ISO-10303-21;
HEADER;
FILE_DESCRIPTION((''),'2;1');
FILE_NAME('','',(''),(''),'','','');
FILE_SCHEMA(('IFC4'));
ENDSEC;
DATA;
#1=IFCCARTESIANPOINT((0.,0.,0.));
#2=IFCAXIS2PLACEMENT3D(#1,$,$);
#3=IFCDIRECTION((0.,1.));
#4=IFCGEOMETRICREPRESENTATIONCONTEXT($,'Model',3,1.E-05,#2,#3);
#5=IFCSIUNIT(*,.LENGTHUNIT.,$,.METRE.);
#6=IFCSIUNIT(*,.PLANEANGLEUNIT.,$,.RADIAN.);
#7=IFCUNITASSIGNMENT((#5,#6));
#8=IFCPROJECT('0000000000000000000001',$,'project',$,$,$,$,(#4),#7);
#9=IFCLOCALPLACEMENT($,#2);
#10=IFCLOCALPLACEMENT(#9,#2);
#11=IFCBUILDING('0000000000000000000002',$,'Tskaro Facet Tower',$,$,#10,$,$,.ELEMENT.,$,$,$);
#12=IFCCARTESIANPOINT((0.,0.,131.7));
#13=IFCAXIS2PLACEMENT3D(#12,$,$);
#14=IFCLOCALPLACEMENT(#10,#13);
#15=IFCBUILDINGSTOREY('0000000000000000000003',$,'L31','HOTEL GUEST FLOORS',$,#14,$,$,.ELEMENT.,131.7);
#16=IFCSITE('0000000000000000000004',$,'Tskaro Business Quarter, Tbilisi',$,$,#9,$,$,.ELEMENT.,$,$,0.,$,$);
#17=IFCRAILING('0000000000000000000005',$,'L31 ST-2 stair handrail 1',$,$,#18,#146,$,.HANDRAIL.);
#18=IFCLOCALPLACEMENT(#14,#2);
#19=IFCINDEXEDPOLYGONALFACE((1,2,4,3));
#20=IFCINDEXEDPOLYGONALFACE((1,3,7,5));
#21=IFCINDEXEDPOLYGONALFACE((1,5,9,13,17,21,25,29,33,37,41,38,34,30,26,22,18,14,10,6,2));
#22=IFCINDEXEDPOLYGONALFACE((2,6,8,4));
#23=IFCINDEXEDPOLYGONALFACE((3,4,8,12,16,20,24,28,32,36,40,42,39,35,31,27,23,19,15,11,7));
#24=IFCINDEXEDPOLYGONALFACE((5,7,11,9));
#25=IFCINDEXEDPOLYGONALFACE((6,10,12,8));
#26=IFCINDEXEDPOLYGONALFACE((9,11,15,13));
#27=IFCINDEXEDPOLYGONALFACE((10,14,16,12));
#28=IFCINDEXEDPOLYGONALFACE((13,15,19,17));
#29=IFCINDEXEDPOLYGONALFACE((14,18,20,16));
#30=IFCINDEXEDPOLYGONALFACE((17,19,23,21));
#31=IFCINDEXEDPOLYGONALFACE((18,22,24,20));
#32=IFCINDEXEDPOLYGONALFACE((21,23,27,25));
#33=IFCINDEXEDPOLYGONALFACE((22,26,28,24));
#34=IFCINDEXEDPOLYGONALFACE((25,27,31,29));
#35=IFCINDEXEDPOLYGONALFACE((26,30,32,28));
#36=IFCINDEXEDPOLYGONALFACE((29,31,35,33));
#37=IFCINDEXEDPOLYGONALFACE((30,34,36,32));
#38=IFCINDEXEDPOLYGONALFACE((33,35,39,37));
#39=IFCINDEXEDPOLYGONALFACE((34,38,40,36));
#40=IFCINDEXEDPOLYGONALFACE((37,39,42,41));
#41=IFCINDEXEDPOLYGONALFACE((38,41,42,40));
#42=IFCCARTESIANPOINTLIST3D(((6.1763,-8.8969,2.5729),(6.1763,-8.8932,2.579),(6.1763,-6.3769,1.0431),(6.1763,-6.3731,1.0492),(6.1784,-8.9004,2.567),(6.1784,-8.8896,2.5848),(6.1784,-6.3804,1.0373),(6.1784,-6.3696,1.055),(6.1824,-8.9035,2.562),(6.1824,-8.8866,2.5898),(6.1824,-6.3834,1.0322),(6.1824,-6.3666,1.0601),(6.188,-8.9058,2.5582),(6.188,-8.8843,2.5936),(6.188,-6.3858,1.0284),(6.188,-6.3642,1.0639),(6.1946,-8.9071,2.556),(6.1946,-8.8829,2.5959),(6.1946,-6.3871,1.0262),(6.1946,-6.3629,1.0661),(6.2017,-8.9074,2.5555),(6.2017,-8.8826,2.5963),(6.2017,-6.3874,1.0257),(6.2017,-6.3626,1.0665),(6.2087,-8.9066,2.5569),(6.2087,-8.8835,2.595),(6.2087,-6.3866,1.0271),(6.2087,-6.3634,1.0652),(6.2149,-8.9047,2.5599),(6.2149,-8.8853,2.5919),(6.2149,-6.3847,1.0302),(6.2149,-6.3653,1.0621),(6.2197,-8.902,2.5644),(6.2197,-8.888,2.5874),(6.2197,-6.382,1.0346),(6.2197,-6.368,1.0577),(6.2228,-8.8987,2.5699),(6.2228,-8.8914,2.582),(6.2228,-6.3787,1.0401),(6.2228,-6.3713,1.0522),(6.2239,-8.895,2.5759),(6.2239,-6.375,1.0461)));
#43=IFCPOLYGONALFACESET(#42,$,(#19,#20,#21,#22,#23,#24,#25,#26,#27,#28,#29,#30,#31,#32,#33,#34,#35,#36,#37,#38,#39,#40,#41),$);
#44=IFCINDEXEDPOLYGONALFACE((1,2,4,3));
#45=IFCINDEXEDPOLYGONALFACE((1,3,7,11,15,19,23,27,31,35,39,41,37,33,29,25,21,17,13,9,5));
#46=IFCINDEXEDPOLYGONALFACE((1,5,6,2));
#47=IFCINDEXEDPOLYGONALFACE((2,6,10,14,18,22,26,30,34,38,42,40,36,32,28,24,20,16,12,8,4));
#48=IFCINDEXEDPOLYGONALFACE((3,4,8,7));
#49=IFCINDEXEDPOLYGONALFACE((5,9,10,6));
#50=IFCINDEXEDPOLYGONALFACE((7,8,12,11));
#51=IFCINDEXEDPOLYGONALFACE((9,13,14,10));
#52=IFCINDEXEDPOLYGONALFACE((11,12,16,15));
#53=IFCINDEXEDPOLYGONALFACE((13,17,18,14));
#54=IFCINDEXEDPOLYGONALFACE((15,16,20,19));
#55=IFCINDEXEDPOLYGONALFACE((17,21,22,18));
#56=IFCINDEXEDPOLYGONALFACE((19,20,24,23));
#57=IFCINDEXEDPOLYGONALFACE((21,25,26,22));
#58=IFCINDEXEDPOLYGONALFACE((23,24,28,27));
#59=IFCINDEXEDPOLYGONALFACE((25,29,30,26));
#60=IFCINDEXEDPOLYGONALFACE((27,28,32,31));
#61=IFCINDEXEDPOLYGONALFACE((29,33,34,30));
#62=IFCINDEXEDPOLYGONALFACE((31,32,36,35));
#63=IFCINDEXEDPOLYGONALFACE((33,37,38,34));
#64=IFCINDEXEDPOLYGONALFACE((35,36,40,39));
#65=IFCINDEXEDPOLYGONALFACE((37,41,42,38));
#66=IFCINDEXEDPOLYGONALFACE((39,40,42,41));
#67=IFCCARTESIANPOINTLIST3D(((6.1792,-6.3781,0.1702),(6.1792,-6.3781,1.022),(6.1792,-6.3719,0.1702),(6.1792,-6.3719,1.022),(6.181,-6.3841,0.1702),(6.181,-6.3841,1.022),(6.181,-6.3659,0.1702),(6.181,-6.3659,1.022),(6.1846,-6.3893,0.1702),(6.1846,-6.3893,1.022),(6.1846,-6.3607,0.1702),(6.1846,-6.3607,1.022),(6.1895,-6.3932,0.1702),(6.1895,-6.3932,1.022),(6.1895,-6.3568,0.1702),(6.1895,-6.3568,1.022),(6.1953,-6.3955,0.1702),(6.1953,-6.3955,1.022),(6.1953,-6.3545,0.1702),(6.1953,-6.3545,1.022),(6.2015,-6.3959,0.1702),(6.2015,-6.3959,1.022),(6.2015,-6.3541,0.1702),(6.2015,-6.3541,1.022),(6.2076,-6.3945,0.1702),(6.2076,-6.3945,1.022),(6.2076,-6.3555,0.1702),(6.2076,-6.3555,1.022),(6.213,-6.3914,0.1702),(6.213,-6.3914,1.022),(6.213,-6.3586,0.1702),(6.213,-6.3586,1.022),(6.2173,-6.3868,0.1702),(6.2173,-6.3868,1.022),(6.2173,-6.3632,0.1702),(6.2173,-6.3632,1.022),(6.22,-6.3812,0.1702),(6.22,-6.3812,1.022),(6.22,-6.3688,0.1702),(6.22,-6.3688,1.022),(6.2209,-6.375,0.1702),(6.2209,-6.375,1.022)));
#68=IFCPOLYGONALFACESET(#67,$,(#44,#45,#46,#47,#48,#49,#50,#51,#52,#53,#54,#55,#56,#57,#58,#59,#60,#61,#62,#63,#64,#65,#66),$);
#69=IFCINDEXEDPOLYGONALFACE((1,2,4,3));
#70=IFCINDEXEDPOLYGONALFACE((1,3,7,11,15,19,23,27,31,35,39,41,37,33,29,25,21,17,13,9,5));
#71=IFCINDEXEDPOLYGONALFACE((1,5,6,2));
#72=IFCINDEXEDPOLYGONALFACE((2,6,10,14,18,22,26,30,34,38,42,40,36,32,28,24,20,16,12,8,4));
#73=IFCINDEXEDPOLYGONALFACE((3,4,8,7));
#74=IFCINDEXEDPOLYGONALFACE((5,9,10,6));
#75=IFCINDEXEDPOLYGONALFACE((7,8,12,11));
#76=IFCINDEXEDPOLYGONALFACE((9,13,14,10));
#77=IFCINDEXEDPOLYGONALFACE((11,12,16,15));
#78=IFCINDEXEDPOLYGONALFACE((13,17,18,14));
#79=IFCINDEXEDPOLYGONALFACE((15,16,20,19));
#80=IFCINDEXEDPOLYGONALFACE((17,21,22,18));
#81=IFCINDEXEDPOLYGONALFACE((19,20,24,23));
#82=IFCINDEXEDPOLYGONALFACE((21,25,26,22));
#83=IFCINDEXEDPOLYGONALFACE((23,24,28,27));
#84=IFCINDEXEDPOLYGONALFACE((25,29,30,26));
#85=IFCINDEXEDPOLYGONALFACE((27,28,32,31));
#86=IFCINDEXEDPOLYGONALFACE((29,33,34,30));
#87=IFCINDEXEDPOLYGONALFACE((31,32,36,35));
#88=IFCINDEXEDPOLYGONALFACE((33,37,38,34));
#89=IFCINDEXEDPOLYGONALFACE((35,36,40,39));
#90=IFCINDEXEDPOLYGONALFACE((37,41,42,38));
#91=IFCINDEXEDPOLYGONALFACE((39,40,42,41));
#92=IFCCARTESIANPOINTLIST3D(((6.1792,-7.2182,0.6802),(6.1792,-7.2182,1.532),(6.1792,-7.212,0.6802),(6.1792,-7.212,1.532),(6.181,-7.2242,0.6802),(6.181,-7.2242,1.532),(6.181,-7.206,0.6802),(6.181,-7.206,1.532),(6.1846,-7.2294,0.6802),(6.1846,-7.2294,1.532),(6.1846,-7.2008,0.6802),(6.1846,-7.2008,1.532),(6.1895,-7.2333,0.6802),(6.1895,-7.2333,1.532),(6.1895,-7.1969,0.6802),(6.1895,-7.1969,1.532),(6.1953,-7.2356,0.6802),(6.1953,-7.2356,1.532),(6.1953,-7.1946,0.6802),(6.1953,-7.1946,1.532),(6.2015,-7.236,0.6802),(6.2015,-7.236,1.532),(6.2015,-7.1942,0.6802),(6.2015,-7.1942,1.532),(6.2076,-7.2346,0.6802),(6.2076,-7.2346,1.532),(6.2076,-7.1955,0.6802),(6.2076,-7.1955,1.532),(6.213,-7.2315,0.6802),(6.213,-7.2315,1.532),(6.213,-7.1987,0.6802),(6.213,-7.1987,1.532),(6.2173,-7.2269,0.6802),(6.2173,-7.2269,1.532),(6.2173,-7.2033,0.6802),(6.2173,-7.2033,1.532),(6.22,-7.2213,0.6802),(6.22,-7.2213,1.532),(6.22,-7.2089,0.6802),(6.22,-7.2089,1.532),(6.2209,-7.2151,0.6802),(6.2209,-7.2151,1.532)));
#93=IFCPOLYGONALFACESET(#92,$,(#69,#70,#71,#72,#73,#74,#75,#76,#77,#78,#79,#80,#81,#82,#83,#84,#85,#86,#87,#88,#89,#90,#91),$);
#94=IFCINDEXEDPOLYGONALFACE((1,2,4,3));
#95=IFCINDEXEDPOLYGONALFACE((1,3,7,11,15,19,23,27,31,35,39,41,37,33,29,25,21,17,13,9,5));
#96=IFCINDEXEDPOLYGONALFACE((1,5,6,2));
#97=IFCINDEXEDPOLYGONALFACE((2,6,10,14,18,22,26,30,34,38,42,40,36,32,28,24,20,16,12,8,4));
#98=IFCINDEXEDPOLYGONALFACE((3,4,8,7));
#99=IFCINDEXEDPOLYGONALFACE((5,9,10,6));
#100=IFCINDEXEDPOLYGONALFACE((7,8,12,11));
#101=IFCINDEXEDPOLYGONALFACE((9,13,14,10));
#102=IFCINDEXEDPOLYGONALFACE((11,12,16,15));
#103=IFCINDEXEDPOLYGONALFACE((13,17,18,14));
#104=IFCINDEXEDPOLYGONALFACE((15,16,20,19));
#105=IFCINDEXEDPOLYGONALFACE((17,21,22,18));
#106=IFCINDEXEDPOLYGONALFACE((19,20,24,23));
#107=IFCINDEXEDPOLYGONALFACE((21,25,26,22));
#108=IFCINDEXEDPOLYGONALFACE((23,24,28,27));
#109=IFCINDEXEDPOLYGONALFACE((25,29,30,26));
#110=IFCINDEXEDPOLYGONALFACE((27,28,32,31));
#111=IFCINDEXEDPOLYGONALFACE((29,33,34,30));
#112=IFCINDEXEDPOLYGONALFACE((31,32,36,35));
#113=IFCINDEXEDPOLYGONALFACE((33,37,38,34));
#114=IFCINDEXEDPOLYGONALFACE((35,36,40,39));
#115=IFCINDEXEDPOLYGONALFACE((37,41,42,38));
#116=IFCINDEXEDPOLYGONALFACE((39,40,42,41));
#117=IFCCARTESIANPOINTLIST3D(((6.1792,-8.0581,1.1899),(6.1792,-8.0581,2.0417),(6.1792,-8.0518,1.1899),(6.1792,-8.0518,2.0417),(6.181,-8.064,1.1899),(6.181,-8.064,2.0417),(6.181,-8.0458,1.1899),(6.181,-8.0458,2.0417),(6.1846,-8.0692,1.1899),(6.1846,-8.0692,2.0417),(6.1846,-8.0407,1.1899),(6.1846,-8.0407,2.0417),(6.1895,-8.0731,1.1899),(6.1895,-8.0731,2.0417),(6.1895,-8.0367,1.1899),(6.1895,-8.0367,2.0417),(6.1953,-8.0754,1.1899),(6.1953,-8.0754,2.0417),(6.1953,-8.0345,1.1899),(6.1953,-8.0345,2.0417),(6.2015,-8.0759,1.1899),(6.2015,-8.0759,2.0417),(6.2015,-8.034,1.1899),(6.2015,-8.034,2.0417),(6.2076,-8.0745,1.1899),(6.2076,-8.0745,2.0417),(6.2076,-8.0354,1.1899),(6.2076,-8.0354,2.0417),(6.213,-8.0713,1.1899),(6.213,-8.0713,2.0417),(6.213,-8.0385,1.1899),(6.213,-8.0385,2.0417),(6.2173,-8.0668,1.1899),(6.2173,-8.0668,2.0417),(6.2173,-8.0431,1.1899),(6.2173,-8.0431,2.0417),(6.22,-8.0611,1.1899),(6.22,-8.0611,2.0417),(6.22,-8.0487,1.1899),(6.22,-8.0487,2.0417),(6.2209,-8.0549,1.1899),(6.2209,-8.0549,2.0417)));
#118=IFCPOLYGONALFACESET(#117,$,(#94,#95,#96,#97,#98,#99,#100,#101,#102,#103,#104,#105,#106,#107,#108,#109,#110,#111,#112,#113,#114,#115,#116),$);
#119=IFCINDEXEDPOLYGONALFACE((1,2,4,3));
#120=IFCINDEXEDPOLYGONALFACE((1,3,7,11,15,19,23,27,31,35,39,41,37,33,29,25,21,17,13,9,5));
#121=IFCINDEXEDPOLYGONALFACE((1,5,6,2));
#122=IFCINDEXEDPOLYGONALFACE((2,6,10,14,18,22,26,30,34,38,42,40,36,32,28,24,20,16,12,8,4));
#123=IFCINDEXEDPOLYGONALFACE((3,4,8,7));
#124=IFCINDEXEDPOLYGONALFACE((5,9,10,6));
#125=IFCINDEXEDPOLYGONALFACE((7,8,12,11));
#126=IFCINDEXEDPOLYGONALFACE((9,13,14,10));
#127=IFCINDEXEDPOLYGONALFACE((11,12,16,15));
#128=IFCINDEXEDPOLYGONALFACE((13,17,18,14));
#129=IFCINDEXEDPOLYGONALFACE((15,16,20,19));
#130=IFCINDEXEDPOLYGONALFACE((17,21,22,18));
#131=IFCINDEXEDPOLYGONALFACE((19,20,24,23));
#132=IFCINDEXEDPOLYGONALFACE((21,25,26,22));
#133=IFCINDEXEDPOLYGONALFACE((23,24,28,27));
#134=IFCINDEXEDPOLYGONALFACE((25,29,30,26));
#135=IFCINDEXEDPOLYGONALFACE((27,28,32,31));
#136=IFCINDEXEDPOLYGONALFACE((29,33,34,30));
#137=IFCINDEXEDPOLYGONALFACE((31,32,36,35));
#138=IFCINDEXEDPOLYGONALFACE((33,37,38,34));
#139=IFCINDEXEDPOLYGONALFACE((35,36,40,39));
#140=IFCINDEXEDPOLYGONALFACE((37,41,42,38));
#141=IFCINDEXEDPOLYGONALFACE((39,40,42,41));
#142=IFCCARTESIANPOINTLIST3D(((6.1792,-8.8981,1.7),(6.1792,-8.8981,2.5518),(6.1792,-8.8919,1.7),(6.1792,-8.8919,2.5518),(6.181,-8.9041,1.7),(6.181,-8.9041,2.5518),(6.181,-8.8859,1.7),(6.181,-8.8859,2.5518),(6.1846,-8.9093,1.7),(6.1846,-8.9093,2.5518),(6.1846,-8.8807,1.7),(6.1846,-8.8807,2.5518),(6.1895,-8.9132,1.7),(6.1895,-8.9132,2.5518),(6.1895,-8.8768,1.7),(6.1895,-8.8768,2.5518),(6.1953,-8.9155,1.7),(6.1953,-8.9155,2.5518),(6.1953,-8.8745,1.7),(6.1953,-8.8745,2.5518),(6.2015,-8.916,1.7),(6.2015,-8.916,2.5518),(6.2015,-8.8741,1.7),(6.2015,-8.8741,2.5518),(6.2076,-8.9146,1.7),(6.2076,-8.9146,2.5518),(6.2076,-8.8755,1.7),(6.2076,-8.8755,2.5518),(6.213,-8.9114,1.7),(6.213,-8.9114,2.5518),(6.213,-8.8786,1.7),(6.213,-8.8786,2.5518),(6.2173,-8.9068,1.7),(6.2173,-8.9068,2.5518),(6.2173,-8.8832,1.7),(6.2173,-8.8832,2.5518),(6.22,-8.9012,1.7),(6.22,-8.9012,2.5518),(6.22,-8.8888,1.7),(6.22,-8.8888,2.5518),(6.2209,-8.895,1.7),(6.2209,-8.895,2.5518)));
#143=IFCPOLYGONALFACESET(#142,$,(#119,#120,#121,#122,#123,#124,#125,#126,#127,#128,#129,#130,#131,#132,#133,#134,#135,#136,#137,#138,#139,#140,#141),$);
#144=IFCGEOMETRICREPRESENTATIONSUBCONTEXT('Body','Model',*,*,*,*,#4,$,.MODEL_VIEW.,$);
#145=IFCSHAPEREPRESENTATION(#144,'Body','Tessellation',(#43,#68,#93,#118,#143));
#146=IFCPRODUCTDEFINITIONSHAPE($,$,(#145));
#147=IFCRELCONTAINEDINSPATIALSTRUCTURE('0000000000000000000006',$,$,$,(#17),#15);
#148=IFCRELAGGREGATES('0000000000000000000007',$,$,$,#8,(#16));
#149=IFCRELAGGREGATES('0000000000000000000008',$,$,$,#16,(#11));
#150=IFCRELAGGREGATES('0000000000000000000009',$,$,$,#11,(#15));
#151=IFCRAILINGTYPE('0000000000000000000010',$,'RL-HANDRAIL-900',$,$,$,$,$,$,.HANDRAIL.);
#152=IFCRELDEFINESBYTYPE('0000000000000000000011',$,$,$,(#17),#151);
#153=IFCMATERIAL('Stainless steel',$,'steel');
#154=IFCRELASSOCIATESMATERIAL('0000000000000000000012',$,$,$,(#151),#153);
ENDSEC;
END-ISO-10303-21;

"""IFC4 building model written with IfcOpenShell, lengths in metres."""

from ifc_helpers import new_model, si_unit, direction, frame, origin, origin_2d, place, context, subcontext, project, spatial, circle, extrude, material, type_object, element, save


model = new_model("IFC4")

# Units and contexts
model_context = context("Model", 3, precision=1e-05, world=origin(), true_north=direction((0.0, 1.0)))
body_context = subcontext(model_context, "Body", "Model", "MODEL_VIEW")
ifc_project = project(units=[si_unit("LENGTHUNIT", "METRE"), si_unit("PLANEANGLEUNIT", "RADIAN")], contexts=[model_context])

# Site, building, storey
site_placement = place(None, origin())
site = spatial("IfcSite", under=ifc_project, at=site_placement, Name="Tskaro Business Quarter, Tbilisi", CompositionType="ELEMENT", RefElevation=0.0)
building_placement = place(site_placement, origin())
building = spatial("IfcBuilding", under=site, at=building_placement, Name="Tskaro Facet Tower", CompositionType="ELEMENT")
storey_placement = place(building_placement, frame((0.0, 0.0, 131.7)))
storey = spatial("IfcBuildingStorey", under=building, at=storey_placement, Name="L31", Description="HOTEL GUEST FLOORS", CompositionType="ELEMENT", Elevation=131.7)

# Railing
ifc_material_1 = material(Name="Stainless steel", Category="steel")
railing_type_1 = type_object("IfcRailingType", Name="RL-HANDRAIL-900", PredefinedType="HANDRAIL", material=ifc_material_1)
railing_1_placement = place(storey_placement, frame((6.2, -6.375, 0.1702)))
element("IfcRailing", 1, at=railing_1_placement, inside=storey, type_object=railing_type_1, Name="L31 ST-2 stair handrail 1", PredefinedType="HANDRAIL", context=body_context, shape_type="SweptSolid", body=[
    extrude(circle(Radius=0.0239, at=origin_2d()), frame((0.0, 0.0, 0.876), z_axis=(0.0, -0.854822, 0.518922), x_axis=(1.0, 0.0, 0.0)), (0.0, 0.0, 1.0), 2.948),
    extrude(circle(Radius=0.021, at=origin_2d()), origin(), (0.0, 0.0, 1.0), 0.8518),
    extrude(circle(Radius=0.021, at=origin_2d()), frame((0.0, -0.8401, 0.51)), (0.0, 0.0, 1.0), 0.8518),
    extrude(circle(Radius=0.021, at=origin_2d()), frame((0.0, -1.6799, 1.0198)), (0.0, 0.0, 1.0), 0.8518),
    extrude(circle(Radius=0.021, at=origin_2d()), frame((0.0, -2.52, 1.5298)), (0.0, 0.0, 1.0), 0.8518),
])

save(model, "model.ifc")
